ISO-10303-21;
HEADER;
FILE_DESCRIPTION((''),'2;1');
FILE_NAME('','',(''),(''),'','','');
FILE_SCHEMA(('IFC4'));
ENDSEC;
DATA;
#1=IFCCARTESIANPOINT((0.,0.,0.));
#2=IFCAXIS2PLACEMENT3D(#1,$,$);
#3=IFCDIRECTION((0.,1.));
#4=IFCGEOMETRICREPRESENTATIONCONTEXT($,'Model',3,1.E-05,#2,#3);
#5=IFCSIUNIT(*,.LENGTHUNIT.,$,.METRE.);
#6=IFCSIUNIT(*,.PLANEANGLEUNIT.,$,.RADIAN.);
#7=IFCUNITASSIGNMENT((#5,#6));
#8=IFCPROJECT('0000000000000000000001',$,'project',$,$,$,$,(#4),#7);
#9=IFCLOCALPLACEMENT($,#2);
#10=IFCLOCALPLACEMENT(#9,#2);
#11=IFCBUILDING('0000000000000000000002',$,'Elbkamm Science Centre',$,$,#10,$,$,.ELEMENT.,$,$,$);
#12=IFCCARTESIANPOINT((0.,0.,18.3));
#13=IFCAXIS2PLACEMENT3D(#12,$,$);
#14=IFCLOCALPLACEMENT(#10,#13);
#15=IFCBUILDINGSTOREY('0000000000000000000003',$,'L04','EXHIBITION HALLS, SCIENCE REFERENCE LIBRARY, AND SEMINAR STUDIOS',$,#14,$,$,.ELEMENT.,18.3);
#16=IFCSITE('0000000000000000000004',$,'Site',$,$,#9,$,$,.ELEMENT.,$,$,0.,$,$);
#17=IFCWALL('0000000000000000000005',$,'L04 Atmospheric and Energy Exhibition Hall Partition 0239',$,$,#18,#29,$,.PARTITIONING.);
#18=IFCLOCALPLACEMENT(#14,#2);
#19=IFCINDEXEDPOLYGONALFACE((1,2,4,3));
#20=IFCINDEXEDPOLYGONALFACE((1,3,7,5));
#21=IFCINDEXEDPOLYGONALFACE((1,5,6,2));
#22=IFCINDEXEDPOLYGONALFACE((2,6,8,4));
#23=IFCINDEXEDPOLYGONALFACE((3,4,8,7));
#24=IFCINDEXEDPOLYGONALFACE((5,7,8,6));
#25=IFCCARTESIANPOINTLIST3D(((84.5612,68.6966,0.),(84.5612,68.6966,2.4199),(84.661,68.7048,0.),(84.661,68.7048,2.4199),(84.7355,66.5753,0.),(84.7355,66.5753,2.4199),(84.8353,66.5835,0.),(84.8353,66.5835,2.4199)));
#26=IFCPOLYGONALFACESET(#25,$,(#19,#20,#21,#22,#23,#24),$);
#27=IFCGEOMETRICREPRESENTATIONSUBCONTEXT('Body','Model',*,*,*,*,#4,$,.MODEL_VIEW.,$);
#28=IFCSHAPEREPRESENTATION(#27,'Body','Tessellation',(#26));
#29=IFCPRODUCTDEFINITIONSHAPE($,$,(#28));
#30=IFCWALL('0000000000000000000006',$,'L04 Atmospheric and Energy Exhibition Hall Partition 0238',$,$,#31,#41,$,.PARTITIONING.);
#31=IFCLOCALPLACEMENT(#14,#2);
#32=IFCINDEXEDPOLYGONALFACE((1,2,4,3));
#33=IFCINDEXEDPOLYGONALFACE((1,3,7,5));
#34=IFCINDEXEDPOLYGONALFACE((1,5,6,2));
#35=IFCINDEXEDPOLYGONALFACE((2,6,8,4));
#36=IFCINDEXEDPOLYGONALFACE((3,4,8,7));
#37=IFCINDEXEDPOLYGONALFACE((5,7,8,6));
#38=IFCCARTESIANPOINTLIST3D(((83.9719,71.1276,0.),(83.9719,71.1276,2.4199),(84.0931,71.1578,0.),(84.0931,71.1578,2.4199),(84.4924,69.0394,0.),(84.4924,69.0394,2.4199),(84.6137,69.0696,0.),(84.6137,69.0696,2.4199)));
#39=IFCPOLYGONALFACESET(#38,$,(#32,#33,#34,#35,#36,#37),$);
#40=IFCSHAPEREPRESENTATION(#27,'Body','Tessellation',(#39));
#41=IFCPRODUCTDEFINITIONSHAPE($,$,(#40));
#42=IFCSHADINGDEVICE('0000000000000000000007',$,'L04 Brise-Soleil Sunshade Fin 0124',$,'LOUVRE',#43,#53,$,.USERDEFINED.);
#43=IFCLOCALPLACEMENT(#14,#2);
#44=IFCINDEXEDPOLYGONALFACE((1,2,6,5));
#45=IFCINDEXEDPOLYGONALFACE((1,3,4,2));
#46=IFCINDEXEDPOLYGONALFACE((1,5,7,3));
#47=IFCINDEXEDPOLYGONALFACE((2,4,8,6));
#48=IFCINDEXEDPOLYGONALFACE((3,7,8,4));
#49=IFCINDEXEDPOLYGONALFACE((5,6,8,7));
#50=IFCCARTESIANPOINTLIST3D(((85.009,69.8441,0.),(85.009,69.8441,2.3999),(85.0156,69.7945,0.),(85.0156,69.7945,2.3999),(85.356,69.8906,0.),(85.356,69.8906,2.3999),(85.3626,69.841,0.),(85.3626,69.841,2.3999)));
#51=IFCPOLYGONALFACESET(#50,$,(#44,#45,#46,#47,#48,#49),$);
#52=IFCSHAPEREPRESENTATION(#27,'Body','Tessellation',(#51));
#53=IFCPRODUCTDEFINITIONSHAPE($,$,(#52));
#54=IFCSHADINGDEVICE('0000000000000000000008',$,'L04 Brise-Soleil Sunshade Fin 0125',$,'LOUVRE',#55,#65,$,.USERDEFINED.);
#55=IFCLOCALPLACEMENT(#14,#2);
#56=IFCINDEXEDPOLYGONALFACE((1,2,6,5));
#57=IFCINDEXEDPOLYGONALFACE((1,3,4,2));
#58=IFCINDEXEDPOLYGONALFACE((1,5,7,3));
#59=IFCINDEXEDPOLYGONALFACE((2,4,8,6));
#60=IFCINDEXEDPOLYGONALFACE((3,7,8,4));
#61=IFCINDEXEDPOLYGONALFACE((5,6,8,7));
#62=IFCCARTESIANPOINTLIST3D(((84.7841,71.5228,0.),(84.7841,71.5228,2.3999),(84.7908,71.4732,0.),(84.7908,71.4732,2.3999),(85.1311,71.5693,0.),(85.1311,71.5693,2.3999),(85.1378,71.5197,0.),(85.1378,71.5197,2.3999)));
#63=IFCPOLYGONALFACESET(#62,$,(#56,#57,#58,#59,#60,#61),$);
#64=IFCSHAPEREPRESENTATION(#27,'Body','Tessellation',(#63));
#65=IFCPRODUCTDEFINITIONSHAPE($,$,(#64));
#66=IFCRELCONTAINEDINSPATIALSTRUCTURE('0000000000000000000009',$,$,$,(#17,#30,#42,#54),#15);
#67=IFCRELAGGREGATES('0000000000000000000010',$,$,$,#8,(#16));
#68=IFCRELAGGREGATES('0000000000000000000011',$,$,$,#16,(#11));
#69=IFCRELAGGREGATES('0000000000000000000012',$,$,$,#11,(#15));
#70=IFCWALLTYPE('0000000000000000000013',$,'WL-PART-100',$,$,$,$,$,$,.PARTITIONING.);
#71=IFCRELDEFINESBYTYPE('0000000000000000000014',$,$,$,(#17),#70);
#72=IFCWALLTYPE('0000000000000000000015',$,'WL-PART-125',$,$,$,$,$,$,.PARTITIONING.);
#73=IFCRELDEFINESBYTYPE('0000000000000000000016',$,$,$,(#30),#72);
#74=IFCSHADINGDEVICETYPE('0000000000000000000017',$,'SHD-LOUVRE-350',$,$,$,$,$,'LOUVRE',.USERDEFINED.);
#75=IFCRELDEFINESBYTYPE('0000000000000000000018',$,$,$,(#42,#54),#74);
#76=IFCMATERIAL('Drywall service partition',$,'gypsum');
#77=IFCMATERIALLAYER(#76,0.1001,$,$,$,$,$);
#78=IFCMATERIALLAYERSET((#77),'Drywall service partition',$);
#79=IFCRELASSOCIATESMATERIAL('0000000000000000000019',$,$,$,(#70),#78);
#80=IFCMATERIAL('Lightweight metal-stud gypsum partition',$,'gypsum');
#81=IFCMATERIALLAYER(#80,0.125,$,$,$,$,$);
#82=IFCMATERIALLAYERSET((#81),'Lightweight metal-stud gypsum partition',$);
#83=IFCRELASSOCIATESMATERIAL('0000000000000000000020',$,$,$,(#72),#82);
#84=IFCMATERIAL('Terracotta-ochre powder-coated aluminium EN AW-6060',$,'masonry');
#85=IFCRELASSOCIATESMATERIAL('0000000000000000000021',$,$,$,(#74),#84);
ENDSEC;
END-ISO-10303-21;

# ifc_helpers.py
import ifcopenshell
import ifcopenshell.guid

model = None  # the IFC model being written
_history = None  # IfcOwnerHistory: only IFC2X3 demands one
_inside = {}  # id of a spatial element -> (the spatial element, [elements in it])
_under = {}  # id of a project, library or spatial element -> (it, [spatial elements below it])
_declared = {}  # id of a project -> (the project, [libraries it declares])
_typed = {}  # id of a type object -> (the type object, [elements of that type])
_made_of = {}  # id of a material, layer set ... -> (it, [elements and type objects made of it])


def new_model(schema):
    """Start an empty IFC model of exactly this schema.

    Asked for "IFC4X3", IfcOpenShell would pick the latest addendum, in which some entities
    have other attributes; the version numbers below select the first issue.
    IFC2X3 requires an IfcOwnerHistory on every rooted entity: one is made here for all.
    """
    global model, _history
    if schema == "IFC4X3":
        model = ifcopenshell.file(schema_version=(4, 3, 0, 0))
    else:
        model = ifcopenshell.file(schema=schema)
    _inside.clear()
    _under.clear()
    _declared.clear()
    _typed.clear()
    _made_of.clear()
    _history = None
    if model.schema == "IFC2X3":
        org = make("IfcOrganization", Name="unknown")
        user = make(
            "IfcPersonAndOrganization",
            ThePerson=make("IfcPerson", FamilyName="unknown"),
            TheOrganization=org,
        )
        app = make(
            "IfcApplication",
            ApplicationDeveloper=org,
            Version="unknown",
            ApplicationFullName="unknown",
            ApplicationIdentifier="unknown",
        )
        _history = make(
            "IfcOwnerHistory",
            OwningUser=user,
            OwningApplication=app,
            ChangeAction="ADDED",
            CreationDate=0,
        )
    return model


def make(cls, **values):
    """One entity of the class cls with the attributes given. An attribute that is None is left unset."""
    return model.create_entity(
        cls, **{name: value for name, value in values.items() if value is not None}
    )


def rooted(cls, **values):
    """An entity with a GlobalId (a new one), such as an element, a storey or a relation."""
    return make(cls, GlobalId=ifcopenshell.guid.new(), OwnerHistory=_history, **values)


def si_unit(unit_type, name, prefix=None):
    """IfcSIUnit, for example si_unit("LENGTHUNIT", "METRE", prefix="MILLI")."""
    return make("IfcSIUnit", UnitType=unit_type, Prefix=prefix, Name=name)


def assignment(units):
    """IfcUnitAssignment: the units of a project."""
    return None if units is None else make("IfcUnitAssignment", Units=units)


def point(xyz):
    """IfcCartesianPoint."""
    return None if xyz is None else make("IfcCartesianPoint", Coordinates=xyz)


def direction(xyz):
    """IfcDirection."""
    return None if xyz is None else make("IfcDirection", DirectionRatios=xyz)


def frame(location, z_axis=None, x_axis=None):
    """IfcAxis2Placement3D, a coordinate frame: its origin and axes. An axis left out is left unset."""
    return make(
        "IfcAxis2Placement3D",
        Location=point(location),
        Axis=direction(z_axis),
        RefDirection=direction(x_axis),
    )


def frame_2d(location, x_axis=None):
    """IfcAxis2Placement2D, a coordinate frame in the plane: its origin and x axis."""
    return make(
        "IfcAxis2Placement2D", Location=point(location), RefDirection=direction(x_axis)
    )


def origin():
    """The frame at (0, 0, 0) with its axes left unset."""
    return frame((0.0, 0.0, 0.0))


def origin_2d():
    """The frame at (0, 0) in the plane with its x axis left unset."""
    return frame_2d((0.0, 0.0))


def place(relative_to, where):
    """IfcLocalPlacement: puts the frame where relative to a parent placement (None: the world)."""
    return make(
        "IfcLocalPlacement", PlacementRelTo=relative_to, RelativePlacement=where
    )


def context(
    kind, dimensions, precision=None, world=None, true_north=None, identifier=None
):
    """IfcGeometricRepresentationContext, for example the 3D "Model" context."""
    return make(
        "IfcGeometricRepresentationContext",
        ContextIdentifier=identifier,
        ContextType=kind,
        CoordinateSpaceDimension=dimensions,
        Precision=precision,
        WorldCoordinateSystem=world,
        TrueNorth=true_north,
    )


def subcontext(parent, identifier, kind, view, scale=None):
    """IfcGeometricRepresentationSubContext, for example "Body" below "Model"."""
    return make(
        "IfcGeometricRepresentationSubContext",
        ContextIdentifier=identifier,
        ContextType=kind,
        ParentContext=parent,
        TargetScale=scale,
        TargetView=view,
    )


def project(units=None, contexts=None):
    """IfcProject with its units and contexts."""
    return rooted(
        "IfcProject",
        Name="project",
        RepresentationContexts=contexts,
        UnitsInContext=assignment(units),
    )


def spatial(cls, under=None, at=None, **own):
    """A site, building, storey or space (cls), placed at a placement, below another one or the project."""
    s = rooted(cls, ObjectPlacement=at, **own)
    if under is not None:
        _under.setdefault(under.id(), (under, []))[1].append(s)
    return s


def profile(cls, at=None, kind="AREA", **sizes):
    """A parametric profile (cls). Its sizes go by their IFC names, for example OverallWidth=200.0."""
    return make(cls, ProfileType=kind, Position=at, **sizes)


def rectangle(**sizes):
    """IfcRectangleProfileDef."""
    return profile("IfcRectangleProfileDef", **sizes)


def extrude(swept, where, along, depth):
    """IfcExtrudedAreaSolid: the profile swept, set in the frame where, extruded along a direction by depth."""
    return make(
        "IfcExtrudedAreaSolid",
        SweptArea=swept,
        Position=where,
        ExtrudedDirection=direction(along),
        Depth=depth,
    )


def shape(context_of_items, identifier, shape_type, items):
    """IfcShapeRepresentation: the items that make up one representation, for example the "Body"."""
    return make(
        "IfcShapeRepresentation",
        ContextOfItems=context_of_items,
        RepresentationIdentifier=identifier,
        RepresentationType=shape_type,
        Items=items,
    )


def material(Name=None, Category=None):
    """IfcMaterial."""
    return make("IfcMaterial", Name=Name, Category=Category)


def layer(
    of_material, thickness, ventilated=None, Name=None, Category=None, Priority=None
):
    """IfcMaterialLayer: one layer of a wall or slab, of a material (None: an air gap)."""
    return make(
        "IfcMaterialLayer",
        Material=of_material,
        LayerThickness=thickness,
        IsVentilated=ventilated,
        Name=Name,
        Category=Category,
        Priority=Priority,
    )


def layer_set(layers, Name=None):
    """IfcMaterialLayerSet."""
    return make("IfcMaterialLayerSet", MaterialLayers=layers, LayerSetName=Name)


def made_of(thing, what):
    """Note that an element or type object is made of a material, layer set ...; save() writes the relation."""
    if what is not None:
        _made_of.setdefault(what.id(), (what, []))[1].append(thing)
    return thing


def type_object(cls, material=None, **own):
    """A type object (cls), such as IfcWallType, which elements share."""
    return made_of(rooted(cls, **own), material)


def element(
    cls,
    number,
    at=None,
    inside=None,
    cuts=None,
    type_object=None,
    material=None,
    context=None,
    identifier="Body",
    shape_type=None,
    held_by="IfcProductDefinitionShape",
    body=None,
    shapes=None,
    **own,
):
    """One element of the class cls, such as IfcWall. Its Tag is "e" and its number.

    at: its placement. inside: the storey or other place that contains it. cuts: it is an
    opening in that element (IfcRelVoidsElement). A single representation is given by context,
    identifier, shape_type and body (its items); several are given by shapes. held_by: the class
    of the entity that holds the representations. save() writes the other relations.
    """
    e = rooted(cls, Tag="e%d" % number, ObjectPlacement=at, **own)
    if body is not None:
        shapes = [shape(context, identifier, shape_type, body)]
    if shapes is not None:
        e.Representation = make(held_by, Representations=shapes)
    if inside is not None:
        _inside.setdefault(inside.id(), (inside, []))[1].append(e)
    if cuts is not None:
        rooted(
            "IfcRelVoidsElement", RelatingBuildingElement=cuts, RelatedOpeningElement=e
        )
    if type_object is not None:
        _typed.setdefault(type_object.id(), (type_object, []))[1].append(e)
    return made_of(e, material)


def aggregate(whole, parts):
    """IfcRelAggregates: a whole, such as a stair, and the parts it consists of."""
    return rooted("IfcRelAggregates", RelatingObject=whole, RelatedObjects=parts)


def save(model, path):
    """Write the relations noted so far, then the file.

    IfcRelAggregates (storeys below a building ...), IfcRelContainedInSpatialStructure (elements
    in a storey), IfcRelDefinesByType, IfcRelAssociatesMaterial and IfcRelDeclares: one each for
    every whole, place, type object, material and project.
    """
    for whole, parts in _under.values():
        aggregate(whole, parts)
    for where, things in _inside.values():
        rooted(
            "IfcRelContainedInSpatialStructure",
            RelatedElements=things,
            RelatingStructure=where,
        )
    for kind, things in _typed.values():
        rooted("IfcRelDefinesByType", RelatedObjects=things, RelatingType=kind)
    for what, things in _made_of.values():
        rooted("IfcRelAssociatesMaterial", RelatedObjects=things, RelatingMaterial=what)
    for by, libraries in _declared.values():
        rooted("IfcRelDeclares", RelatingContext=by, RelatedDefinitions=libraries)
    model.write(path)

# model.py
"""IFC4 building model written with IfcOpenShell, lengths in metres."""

from ifc_helpers import new_model, si_unit, direction, frame, frame_2d, origin, origin_2d, place, context, subcontext, project, spatial, rectangle, extrude, material, layer, layer_set, type_object, element, save


model = new_model("IFC4")

# Units and contexts
model_context = context("Model", 3, precision=1e-05, world=origin(), true_north=direction((0.0, 1.0)))
body_context = subcontext(model_context, "Body", "Model", "MODEL_VIEW")
ifc_project = project(units=[si_unit("LENGTHUNIT", "METRE"), si_unit("PLANEANGLEUNIT", "RADIAN")], contexts=[model_context])

# Site, building, storey
site_placement = place(None, origin())
site = spatial("IfcSite", under=ifc_project, at=site_placement, Name="Site", CompositionType="ELEMENT", RefElevation=0.0)
building_placement = place(site_placement, origin())
building = spatial("IfcBuilding", under=site, at=building_placement, Name="Elbkamm Science Centre", CompositionType="ELEMENT")
storey_placement = place(building_placement, frame((0.0, 0.0, 18.3)))
storey = spatial("IfcBuildingStorey", under=building, at=storey_placement, Name="L04", Description="EXHIBITION HALLS, SCIENCE REFERENCE LIBRARY, AND SEMINAR STUDIOS", CompositionType="ELEMENT", Elevation=18.3)

# Walls
ifc_material_1 = material(Name="Drywall service partition", Category="gypsum")
ifc_layer_1 = layer(ifc_material_1, 0.1001)
ifc_layer_set_1 = layer_set([ifc_layer_1], Name="Drywall service partition")
wall_type_1 = type_object("IfcWallType", Name="WL-PART-100", PredefinedType="PARTITIONING", material=ifc_layer_set_1)
wall_1_placement = place(storey_placement, frame((84.6111, 68.7007, 0.0), z_axis=(0.0, 0.0, 1.0), x_axis=(0.081897, -0.996641, 0.0)))
element("IfcWall", 1, at=wall_1_placement, inside=storey, type_object=wall_type_1, Name="L04 Atmospheric and Energy Exhibition Hall Partition 0239", PredefinedType="PARTITIONING", context=body_context, shape_type="SweptSolid", body=[
    extrude(rectangle(XDim=2.1284, YDim=0.1001, at=frame_2d((1.0642, 0.0))), origin(), (0.0, 0.0, 1.0), 2.4199),
])
ifc_material_2 = material(Name="Lightweight metal-stud gypsum partition", Category="gypsum")
ifc_layer_2 = layer(ifc_material_2, 0.125)
ifc_layer_set_2 = layer_set([ifc_layer_2], Name="Lightweight metal-stud gypsum partition")
wall_type_2 = type_object("IfcWallType", Name="WL-PART-125", PredefinedType="PARTITIONING", material=ifc_layer_set_2)
wall_2_placement = place(storey_placement, frame((84.0325, 71.1428, 0.0), z_axis=(0.0, 0.0, 1.0), x_axis=(0.241868, -0.970309, 0.0)))
element("IfcWall", 2, at=wall_2_placement, inside=storey, type_object=wall_type_2, Name="L04 Atmospheric and Energy Exhibition Hall Partition 0238", PredefinedType="PARTITIONING", context=body_context, shape_type="SweptSolid", body=[
    extrude(rectangle(XDim=2.1521, YDim=0.125, at=frame_2d((1.0762, 0.0))), origin(), (0.0, 0.0, 1.0), 2.4199),
])

# Shading devices
ifc_material_3 = material(Name="Terracotta-ochre powder-coated aluminium EN AW-6060", Category="masonry")
shading_device_type = type_object("IfcShadingDeviceType", Name="SHD-LOUVRE-350", ElementType="LOUVRE", PredefinedType="USERDEFINED", material=ifc_material_3)
for number, where, z_axis, x_axis, name in (
    (3, (85.1858, 69.8425, 0.0), (0.0, 0.0, 1.0), (0.991153, 0.132725, 0.0), "L04 Brise-Soleil Sunshade Fin 0124"),
    (4, (84.9609, 71.5212, 0.0), (0.0, 0.0, 1.0), (0.991153, 0.132725, 0.0), "L04 Brise-Soleil Sunshade Fin 0125"),
):
    element("IfcShadingDevice", number, at=place(storey_placement, frame(where, z_axis=z_axis, x_axis=x_axis)), inside=storey, type_object=shading_device_type, Name=name, ObjectType="LOUVRE", PredefinedType="USERDEFINED", context=body_context, shape_type="SweptSolid", body=[
        extrude(rectangle(XDim=0.3501, YDim=0.05, at=origin_2d()), origin(), (0.0, 0.0, 1.0), 2.3999),
    ])

save(model, "model.ifc")
